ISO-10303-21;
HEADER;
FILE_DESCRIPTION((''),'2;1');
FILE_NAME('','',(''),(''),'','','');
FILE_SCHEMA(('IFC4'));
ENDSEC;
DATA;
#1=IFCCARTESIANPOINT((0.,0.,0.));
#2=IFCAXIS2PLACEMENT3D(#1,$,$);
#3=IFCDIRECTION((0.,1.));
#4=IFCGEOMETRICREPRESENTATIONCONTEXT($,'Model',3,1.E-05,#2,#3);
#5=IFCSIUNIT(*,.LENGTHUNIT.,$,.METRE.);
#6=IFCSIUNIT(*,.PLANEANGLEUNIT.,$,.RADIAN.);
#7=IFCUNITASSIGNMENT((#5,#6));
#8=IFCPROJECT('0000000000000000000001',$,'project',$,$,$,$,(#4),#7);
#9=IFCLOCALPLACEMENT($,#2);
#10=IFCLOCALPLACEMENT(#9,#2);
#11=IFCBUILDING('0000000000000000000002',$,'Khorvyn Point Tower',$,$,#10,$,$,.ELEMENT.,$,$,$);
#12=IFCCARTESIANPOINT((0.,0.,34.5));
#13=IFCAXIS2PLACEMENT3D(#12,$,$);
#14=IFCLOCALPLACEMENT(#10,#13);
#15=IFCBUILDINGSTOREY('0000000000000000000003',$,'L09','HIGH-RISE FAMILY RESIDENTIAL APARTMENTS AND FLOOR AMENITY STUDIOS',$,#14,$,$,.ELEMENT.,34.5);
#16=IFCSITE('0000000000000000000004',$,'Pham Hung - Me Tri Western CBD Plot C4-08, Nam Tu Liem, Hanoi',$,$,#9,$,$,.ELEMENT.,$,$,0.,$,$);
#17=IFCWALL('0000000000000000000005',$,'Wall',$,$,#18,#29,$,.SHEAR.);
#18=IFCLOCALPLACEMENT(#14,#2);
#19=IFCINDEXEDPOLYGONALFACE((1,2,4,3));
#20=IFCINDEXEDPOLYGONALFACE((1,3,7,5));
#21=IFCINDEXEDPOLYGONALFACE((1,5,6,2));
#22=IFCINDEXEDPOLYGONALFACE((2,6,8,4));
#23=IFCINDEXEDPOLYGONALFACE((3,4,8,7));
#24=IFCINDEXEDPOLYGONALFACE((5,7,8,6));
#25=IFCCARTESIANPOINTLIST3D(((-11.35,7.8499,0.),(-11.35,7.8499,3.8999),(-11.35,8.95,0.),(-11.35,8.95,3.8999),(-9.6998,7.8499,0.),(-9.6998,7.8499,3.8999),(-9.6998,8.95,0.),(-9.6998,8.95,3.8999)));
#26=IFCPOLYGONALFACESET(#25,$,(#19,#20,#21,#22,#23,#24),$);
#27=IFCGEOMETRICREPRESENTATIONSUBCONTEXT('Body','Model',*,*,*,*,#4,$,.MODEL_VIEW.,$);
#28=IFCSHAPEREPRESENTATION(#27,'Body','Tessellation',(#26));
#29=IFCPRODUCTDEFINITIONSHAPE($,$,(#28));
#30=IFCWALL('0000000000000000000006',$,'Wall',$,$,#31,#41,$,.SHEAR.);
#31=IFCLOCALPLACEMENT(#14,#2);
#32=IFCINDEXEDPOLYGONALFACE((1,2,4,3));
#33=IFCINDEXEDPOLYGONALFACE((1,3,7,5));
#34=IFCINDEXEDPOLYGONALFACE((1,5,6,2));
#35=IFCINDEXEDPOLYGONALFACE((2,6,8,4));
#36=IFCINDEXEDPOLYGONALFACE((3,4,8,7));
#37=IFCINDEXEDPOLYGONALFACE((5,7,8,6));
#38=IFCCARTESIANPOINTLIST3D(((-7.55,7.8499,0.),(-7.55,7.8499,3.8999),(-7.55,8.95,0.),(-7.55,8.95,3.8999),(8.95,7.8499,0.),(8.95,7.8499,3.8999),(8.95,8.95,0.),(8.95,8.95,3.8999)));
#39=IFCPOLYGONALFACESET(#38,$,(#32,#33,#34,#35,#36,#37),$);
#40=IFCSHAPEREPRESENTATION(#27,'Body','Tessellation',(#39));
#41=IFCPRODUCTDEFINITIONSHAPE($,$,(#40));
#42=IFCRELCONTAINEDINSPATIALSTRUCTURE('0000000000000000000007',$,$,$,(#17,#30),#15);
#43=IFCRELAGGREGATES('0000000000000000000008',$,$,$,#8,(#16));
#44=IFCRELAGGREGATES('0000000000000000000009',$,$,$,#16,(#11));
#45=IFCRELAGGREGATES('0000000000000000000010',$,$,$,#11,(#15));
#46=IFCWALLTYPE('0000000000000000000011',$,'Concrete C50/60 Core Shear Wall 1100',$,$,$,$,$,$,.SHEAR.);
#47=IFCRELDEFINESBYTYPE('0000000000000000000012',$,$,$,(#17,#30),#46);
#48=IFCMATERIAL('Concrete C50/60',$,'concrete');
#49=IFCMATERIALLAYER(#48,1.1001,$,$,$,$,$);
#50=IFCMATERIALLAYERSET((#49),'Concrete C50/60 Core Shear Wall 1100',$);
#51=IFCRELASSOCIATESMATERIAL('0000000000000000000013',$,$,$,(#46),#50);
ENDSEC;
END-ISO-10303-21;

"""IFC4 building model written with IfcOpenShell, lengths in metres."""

from ifc_helpers import new_model, si_unit, direction, frame, frame_2d, origin, place, context, subcontext, project, spatial, rectangle, extrude, material, layer, layer_set, type_object, element, save


model = new_model("IFC4")

# Units and contexts
model_context = context("Model", 3, precision=1e-05, world=origin(), true_north=direction((0.0, 1.0)))
body_context = subcontext(model_context, "Body", "Model", "MODEL_VIEW")
ifc_project = project(units=[si_unit("LENGTHUNIT", "METRE"), si_unit("PLANEANGLEUNIT", "RADIAN")], contexts=[model_context])

# Site, building, storey
site_placement = place(None, origin())
site = spatial("IfcSite", under=ifc_project, at=site_placement, Name="Pham Hung - Me Tri Western CBD Plot C4-08, Nam Tu Liem, Hanoi", CompositionType="ELEMENT", RefElevation=0.0)
building_placement = place(site_placement, origin())
building = spatial("IfcBuilding", under=site, at=building_placement, Name="Khorvyn Point Tower", CompositionType="ELEMENT")
storey_placement = place(building_placement, frame((0.0, 0.0, 34.5)))
storey = spatial("IfcBuildingStorey", under=building, at=storey_placement, Name="L09", Description="HIGH-RISE FAMILY RESIDENTIAL APARTMENTS AND FLOOR AMENITY STUDIOS", CompositionType="ELEMENT", Elevation=34.5)

# Shared definitions
ifc_material_1 = material(Name="Concrete C50/60", Category="concrete")

# Walls
ifc_layer_1 = layer(ifc_material_1, 1.1001)
ifc_layer_set_1 = layer_set([ifc_layer_1], Name="Concrete C50/60 Core Shear Wall 1100")
wall_type_1 = type_object("IfcWallType", Name="Concrete C50/60 Core Shear Wall 1100", PredefinedType="SHEAR", material=ifc_layer_set_1)
wall_1_placement = place(storey_placement, frame((-11.3501, 8.3999, 0.0), z_axis=(0.0, 0.0, 1.0), x_axis=(1.0, 0.0, 0.0)))
element("IfcWall", 1, at=wall_1_placement, inside=storey, type_object=wall_type_1, Name="Wall", PredefinedType="SHEAR", context=body_context, shape_type="SweptSolid", body=[
    extrude(rectangle(XDim=1.6501, YDim=1.1001, at=frame_2d((0.8252, 0.0))), origin(), (0.0, 0.0, 1.0), 3.8999),
])
wall_2_placement = place(storey_placement, frame((-7.55, 8.3999, 0.0), z_axis=(0.0, 0.0, 1.0), x_axis=(1.0, 0.0, 0.0)))
element("IfcWall", 2, at=wall_2_placement, inside=storey, type_object=wall_type_1, Name="Wall", PredefinedType="SHEAR", context=body_context, shape_type="SweptSolid", body=[
    extrude(rectangle(XDim=16.5, YDim=1.1001, at=frame_2d((8.25, 0.0))), origin(), (0.0, 0.0, 1.0), 3.8999),
])

save(model, "model.ifc")
